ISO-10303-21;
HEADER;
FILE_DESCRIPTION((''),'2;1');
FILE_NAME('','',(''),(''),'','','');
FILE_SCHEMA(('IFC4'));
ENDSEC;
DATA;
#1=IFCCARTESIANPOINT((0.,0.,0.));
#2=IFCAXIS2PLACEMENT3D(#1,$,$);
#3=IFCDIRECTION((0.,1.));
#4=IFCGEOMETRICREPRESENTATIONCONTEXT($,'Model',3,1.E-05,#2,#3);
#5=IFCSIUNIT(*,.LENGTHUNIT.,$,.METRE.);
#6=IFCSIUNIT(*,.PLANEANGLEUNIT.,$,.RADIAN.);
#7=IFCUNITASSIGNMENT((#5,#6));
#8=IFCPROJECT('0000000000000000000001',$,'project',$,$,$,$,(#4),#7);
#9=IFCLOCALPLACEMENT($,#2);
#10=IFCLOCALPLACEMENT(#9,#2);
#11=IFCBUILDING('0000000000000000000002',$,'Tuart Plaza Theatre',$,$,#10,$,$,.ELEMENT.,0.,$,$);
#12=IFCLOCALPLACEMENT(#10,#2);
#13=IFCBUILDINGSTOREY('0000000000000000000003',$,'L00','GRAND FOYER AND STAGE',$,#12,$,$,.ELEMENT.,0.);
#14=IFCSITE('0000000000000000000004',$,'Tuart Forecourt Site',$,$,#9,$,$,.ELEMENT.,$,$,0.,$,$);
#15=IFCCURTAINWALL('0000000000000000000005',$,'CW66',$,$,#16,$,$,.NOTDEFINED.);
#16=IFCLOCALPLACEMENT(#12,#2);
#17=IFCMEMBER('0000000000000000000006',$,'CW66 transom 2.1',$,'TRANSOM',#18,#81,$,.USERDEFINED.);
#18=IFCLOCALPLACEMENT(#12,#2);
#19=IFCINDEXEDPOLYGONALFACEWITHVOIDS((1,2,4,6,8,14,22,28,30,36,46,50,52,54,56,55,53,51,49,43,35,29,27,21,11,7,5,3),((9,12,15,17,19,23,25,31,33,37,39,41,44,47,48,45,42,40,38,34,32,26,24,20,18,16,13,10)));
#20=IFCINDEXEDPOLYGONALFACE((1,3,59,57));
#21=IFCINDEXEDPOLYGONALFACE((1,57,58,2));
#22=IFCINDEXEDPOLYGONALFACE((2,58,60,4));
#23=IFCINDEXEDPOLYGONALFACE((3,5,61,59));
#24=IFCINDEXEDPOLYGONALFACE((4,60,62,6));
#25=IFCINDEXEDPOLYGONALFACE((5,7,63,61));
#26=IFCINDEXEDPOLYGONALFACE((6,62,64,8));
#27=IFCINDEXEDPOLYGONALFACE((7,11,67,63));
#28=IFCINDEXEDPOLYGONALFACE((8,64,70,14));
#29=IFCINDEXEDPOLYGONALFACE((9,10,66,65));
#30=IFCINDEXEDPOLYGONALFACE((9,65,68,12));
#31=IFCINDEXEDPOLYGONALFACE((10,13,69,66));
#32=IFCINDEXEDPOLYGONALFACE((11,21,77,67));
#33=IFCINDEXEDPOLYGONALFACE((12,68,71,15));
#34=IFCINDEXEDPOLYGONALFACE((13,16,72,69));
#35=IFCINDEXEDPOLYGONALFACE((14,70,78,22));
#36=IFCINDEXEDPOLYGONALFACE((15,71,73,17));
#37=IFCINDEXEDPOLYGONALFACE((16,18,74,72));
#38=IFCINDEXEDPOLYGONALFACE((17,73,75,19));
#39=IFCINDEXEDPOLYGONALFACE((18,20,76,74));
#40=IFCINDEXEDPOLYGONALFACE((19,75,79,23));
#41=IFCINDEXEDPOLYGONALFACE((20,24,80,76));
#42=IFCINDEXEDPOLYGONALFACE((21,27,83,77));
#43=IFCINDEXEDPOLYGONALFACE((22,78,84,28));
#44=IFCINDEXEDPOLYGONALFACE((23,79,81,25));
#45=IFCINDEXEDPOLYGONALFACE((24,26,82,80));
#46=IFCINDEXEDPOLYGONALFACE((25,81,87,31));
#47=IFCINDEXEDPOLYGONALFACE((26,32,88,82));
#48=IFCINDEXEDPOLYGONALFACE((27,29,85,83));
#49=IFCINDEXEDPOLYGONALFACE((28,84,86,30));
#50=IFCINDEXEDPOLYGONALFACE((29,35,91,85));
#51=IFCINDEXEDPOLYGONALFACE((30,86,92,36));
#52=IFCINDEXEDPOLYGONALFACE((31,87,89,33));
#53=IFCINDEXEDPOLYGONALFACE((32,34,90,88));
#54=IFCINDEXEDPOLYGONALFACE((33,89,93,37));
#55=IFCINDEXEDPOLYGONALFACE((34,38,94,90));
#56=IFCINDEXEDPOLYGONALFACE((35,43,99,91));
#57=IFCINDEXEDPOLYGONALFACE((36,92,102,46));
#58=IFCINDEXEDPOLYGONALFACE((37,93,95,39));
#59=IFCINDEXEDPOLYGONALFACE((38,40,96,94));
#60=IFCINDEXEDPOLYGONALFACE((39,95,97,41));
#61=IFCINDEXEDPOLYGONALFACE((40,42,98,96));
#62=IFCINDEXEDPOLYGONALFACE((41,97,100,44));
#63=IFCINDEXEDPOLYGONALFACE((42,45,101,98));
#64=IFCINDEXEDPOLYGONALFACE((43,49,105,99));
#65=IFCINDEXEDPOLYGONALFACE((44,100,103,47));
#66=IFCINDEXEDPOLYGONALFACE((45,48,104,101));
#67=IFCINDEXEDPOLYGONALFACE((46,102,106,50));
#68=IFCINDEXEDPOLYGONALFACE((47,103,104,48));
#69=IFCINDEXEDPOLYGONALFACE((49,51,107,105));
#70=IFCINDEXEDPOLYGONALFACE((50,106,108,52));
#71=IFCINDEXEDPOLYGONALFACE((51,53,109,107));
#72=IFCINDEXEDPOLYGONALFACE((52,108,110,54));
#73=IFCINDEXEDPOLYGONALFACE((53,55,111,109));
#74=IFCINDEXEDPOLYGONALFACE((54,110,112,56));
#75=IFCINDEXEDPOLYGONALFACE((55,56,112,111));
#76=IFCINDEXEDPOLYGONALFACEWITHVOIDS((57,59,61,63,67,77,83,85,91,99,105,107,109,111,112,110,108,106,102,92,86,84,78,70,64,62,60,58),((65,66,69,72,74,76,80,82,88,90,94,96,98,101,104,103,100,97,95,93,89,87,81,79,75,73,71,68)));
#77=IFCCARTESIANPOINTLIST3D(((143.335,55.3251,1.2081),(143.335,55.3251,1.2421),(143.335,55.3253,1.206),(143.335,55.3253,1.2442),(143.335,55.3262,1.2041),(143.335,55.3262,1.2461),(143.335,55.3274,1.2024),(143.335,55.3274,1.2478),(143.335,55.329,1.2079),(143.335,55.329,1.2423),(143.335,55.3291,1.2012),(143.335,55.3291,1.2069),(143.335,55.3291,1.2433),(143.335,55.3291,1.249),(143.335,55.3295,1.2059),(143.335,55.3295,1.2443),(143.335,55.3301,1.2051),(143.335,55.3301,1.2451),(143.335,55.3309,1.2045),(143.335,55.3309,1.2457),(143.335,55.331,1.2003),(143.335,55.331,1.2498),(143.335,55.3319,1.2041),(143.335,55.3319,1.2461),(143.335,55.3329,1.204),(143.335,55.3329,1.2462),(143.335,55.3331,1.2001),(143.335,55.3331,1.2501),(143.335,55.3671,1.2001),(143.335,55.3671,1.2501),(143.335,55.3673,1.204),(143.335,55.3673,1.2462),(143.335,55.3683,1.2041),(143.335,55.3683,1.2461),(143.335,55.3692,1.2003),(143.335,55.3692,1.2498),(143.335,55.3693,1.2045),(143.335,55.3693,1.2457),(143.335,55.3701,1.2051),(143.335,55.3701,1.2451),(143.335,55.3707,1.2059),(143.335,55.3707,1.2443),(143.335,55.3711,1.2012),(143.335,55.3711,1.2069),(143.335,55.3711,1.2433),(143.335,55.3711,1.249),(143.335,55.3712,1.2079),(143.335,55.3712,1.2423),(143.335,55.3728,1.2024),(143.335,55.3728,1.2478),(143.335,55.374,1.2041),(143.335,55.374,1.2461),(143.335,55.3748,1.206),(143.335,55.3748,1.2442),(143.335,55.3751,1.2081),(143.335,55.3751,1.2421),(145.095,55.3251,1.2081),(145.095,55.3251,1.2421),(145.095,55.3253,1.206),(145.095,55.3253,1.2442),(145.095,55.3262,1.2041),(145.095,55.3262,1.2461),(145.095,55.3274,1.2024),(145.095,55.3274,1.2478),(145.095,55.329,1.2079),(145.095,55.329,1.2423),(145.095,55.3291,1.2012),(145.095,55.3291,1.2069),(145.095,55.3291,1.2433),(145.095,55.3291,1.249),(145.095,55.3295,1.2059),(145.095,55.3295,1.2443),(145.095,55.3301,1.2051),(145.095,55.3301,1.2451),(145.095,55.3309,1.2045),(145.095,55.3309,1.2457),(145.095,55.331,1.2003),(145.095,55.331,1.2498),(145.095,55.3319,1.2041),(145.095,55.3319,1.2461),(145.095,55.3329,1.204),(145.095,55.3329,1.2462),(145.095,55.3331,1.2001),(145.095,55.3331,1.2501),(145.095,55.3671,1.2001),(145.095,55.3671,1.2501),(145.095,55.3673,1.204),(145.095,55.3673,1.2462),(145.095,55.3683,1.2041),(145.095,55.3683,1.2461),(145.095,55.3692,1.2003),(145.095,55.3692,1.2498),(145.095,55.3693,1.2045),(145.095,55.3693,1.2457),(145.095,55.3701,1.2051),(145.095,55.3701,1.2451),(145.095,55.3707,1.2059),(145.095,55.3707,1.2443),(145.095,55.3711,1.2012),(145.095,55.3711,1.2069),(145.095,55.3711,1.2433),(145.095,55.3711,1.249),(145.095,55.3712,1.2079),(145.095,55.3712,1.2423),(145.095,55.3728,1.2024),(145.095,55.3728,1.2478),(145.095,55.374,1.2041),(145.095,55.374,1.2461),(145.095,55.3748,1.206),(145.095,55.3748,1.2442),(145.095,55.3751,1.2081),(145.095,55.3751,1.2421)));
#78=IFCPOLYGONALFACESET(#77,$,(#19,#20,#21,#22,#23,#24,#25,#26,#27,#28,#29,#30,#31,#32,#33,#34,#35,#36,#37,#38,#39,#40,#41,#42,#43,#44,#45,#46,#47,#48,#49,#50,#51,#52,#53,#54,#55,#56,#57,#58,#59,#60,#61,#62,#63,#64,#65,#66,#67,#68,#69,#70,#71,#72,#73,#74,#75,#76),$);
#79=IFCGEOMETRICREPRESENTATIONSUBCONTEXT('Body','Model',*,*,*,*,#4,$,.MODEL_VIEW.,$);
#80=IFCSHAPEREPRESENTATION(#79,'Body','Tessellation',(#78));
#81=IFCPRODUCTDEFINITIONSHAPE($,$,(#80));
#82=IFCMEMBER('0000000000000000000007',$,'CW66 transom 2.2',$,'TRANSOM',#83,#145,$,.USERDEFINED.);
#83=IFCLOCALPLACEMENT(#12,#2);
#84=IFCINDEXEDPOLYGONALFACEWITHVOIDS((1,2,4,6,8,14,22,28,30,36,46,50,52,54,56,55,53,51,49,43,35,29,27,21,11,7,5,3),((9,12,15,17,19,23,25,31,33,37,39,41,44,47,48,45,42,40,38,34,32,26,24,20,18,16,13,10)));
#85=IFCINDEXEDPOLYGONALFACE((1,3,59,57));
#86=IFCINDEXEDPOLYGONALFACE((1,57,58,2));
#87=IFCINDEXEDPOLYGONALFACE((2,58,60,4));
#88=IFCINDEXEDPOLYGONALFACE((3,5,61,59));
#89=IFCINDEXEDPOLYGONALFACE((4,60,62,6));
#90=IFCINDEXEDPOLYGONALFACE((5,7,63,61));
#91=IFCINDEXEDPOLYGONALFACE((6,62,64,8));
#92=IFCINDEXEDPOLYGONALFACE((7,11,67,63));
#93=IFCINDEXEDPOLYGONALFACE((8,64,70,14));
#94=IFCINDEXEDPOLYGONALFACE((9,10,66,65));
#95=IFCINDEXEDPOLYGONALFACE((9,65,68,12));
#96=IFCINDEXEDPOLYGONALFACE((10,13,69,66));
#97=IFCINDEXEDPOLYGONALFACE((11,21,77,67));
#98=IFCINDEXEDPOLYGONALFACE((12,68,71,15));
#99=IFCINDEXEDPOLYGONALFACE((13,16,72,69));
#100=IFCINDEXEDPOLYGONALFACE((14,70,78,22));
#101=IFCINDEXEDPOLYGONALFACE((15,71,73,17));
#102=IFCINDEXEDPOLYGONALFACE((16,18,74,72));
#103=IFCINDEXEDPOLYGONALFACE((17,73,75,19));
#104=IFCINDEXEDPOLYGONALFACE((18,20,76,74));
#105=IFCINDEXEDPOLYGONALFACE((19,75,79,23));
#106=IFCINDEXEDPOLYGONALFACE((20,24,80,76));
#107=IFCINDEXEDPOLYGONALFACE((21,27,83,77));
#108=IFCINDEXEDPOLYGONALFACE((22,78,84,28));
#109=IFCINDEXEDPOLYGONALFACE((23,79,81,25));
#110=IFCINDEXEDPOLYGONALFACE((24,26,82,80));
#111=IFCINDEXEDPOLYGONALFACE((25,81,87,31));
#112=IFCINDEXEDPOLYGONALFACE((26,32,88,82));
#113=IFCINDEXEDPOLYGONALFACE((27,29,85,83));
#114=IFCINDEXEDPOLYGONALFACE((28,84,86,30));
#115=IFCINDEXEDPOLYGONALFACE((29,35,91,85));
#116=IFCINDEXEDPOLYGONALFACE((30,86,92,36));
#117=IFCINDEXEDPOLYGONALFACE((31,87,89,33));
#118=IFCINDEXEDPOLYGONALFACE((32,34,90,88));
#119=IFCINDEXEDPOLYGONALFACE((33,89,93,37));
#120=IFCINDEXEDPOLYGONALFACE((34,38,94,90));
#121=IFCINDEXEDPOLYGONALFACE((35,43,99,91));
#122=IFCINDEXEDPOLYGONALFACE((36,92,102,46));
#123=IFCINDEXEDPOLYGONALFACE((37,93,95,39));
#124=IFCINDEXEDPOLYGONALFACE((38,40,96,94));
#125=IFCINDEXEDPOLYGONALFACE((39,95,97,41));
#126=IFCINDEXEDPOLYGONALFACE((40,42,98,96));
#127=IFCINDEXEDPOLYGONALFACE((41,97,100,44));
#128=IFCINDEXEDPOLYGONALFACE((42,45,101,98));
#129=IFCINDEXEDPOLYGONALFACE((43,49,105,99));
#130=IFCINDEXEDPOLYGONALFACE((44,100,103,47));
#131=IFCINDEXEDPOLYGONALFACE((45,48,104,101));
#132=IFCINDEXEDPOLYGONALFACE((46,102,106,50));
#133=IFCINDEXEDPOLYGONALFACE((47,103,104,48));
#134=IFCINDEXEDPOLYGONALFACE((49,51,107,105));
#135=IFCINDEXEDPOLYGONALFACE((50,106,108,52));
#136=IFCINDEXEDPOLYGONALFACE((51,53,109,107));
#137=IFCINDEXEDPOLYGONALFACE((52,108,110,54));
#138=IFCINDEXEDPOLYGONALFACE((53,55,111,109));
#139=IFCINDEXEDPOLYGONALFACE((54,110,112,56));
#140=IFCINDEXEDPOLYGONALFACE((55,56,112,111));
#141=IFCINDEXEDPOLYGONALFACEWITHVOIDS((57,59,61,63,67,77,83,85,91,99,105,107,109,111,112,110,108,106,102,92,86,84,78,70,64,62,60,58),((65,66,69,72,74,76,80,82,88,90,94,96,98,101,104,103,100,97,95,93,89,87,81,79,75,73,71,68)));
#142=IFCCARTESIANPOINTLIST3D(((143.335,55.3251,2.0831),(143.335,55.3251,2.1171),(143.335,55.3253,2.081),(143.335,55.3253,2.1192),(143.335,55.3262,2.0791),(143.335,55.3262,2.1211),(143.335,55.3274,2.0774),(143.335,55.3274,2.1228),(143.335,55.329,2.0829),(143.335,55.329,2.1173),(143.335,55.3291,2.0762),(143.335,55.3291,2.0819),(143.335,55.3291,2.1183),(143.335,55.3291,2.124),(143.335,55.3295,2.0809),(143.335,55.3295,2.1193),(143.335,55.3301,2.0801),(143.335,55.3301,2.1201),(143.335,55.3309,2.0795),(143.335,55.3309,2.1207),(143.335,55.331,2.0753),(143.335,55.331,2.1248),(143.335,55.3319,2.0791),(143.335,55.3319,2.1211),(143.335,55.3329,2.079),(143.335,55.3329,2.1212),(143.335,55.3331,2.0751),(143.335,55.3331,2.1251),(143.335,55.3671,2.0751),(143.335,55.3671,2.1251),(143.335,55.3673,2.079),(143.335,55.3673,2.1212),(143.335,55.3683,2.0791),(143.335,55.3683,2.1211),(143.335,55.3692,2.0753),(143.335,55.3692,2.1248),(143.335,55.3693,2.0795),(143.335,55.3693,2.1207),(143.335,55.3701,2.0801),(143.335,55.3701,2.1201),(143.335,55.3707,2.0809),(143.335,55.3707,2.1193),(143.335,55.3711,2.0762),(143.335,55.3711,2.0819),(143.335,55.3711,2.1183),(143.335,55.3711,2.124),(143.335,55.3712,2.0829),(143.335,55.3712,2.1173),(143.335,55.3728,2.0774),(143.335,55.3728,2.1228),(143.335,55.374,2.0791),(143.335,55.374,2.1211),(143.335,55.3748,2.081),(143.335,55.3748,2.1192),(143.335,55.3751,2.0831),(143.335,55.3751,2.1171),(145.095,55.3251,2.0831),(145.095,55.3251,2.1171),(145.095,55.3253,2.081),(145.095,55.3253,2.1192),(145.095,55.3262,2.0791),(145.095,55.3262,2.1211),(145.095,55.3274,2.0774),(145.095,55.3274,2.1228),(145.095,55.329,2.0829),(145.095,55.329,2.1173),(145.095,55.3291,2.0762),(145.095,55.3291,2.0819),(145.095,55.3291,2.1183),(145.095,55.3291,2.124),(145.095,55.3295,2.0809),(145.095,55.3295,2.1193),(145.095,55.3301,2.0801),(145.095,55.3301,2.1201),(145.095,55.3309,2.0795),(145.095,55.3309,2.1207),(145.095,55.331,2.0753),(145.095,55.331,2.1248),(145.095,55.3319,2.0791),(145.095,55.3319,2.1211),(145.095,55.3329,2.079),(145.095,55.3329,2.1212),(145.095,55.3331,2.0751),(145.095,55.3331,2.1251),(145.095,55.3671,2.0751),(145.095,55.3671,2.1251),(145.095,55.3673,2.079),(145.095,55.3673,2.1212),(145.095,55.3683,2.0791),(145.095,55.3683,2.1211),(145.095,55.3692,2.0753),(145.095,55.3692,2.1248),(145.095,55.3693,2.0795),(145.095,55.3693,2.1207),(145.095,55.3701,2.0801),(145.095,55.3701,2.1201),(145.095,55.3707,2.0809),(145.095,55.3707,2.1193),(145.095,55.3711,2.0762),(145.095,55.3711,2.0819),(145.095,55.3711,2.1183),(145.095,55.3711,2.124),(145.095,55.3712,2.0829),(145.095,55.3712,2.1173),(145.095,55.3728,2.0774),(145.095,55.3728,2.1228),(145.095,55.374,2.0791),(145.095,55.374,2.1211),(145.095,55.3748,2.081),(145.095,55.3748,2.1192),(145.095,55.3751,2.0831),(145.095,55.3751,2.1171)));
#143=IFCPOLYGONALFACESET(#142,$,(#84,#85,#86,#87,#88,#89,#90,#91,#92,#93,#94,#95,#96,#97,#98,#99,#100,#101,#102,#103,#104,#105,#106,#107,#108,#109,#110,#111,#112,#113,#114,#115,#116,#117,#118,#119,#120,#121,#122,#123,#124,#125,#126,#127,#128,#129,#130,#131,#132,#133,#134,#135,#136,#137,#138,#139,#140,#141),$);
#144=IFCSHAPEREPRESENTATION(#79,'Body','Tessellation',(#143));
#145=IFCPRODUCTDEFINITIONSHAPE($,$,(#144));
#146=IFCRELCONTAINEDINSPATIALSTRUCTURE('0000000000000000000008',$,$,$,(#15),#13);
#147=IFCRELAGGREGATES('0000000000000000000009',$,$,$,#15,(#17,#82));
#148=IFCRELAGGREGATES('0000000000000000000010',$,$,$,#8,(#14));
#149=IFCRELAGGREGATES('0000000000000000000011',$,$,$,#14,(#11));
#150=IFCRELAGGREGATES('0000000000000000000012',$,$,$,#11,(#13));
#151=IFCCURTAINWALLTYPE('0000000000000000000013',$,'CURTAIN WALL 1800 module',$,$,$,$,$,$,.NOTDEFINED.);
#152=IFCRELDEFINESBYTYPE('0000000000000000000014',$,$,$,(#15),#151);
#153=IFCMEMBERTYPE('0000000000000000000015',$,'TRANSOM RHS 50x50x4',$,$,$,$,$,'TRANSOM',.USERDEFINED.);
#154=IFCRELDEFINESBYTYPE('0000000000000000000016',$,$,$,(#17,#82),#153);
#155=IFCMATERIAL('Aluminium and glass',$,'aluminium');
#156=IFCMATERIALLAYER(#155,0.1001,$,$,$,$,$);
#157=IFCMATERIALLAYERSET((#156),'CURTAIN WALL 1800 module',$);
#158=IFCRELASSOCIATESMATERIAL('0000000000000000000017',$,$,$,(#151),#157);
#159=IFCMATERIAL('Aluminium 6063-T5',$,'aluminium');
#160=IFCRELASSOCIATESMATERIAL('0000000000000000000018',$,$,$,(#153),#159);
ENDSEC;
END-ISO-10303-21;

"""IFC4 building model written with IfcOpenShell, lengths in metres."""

from ifc_helpers import new_model, si_unit, direction, frame, origin, origin_2d, place, context, subcontext, project, spatial, hollow_rectangle, extrude, material, layer, layer_set, material_profile, profile_set, type_object, element, aggregate, save


model = new_model("IFC4")

# Units and contexts
model_context = context("Model", 3, precision=1e-05, world=origin(), true_north=direction((0.0, 1.0)))
body_context = subcontext(model_context, "Body", "Model", "MODEL_VIEW")
ifc_project = project(units=[si_unit("LENGTHUNIT", "METRE"), si_unit("PLANEANGLEUNIT", "RADIAN")], contexts=[model_context])

# Site, building, storey
site_placement = place(None, origin())
site = spatial("IfcSite", under=ifc_project, at=site_placement, Name="Tuart Forecourt Site", CompositionType="ELEMENT", RefElevation=0.0)
building_placement = place(site_placement, origin())
building = spatial("IfcBuilding", under=site, at=building_placement, Name="Tuart Plaza Theatre", CompositionType="ELEMENT", ElevationOfRefHeight=0.0)
storey_placement = place(building_placement, origin())
storey = spatial("IfcBuildingStorey", under=building, at=storey_placement, Name="L00", Description="GRAND FOYER AND STAGE", CompositionType="ELEMENT", Elevation=0.0)

# Curtain wall
ifc_material_1 = material(Name="Aluminium and glass", Category="aluminium")
ifc_layer_1 = layer(ifc_material_1, 0.1001)
ifc_layer_set_1 = layer_set([ifc_layer_1], Name="CURTAIN WALL 1800 module")
curtain_wall_type_1 = type_object("IfcCurtainWallType", Name="CURTAIN WALL 1800 module", PredefinedType="NOTDEFINED", material=ifc_layer_set_1)
curtain_wall_1_placement = place(storey_placement, origin())
curtain_wall_1 = element("IfcCurtainWall", 1, at=curtain_wall_1_placement, inside=storey, type_object=curtain_wall_type_1, Name="CW66", PredefinedType="NOTDEFINED")

# Members
ifc_material_2 = material(Name="Aluminium 6063-T5", Category="aluminium")
ifc_material_profile_1 = material_profile(ifc_material_2, hollow_rectangle(XDim=0.05, YDim=0.05, WallThickness=0.0039, InnerFilletRadius=0.0039, OuterFilletRadius=0.0081, at=origin_2d()), Name="RHS 50x50x4")
ifc_profile_set_1 = profile_set([ifc_material_profile_1], Name="Aluminium 6063-T5")
member_type_1 = type_object("IfcMemberType", Name="TRANSOM RHS 50x50x4", ElementType="TRANSOM", PredefinedType="USERDEFINED", material=ifc_profile_set_1)
member_1_placement = place(storey_placement, frame((143.335, 55.3501, 1.2251), z_axis=(1.0, 0.0, 0.0), x_axis=(0.0, 1.0, 0.0)))
member_1 = element("IfcMember", 2, at=member_1_placement, type_object=member_type_1, Name="CW66 transom 2.1", ObjectType="TRANSOM", PredefinedType="USERDEFINED", context=body_context, shape_type="SweptSolid", body=[
    extrude(hollow_rectangle(XDim=0.05, YDim=0.05, WallThickness=0.0039, InnerFilletRadius=0.0039, OuterFilletRadius=0.0081, at=origin_2d()), origin(), (0.0, 0.0, 1.0), 1.76),
])
member_2_placement = place(storey_placement, frame((143.335, 55.3501, 2.1001), z_axis=(1.0, 0.0, 0.0), x_axis=(0.0, 1.0, 0.0)))
member_2 = element("IfcMember", 3, at=member_2_placement, type_object=member_type_1, Name="CW66 transom 2.2", ObjectType="TRANSOM", PredefinedType="USERDEFINED", context=body_context, shape_type="SweptSolid", body=[
    extrude(hollow_rectangle(XDim=0.05, YDim=0.05, WallThickness=0.0039, InnerFilletRadius=0.0039, OuterFilletRadius=0.0081, at=origin_2d()), origin(), (0.0, 0.0, 1.0), 1.76),
])

aggregate(curtain_wall_1, [member_1, member_2])

save(model, "model.ifc")
